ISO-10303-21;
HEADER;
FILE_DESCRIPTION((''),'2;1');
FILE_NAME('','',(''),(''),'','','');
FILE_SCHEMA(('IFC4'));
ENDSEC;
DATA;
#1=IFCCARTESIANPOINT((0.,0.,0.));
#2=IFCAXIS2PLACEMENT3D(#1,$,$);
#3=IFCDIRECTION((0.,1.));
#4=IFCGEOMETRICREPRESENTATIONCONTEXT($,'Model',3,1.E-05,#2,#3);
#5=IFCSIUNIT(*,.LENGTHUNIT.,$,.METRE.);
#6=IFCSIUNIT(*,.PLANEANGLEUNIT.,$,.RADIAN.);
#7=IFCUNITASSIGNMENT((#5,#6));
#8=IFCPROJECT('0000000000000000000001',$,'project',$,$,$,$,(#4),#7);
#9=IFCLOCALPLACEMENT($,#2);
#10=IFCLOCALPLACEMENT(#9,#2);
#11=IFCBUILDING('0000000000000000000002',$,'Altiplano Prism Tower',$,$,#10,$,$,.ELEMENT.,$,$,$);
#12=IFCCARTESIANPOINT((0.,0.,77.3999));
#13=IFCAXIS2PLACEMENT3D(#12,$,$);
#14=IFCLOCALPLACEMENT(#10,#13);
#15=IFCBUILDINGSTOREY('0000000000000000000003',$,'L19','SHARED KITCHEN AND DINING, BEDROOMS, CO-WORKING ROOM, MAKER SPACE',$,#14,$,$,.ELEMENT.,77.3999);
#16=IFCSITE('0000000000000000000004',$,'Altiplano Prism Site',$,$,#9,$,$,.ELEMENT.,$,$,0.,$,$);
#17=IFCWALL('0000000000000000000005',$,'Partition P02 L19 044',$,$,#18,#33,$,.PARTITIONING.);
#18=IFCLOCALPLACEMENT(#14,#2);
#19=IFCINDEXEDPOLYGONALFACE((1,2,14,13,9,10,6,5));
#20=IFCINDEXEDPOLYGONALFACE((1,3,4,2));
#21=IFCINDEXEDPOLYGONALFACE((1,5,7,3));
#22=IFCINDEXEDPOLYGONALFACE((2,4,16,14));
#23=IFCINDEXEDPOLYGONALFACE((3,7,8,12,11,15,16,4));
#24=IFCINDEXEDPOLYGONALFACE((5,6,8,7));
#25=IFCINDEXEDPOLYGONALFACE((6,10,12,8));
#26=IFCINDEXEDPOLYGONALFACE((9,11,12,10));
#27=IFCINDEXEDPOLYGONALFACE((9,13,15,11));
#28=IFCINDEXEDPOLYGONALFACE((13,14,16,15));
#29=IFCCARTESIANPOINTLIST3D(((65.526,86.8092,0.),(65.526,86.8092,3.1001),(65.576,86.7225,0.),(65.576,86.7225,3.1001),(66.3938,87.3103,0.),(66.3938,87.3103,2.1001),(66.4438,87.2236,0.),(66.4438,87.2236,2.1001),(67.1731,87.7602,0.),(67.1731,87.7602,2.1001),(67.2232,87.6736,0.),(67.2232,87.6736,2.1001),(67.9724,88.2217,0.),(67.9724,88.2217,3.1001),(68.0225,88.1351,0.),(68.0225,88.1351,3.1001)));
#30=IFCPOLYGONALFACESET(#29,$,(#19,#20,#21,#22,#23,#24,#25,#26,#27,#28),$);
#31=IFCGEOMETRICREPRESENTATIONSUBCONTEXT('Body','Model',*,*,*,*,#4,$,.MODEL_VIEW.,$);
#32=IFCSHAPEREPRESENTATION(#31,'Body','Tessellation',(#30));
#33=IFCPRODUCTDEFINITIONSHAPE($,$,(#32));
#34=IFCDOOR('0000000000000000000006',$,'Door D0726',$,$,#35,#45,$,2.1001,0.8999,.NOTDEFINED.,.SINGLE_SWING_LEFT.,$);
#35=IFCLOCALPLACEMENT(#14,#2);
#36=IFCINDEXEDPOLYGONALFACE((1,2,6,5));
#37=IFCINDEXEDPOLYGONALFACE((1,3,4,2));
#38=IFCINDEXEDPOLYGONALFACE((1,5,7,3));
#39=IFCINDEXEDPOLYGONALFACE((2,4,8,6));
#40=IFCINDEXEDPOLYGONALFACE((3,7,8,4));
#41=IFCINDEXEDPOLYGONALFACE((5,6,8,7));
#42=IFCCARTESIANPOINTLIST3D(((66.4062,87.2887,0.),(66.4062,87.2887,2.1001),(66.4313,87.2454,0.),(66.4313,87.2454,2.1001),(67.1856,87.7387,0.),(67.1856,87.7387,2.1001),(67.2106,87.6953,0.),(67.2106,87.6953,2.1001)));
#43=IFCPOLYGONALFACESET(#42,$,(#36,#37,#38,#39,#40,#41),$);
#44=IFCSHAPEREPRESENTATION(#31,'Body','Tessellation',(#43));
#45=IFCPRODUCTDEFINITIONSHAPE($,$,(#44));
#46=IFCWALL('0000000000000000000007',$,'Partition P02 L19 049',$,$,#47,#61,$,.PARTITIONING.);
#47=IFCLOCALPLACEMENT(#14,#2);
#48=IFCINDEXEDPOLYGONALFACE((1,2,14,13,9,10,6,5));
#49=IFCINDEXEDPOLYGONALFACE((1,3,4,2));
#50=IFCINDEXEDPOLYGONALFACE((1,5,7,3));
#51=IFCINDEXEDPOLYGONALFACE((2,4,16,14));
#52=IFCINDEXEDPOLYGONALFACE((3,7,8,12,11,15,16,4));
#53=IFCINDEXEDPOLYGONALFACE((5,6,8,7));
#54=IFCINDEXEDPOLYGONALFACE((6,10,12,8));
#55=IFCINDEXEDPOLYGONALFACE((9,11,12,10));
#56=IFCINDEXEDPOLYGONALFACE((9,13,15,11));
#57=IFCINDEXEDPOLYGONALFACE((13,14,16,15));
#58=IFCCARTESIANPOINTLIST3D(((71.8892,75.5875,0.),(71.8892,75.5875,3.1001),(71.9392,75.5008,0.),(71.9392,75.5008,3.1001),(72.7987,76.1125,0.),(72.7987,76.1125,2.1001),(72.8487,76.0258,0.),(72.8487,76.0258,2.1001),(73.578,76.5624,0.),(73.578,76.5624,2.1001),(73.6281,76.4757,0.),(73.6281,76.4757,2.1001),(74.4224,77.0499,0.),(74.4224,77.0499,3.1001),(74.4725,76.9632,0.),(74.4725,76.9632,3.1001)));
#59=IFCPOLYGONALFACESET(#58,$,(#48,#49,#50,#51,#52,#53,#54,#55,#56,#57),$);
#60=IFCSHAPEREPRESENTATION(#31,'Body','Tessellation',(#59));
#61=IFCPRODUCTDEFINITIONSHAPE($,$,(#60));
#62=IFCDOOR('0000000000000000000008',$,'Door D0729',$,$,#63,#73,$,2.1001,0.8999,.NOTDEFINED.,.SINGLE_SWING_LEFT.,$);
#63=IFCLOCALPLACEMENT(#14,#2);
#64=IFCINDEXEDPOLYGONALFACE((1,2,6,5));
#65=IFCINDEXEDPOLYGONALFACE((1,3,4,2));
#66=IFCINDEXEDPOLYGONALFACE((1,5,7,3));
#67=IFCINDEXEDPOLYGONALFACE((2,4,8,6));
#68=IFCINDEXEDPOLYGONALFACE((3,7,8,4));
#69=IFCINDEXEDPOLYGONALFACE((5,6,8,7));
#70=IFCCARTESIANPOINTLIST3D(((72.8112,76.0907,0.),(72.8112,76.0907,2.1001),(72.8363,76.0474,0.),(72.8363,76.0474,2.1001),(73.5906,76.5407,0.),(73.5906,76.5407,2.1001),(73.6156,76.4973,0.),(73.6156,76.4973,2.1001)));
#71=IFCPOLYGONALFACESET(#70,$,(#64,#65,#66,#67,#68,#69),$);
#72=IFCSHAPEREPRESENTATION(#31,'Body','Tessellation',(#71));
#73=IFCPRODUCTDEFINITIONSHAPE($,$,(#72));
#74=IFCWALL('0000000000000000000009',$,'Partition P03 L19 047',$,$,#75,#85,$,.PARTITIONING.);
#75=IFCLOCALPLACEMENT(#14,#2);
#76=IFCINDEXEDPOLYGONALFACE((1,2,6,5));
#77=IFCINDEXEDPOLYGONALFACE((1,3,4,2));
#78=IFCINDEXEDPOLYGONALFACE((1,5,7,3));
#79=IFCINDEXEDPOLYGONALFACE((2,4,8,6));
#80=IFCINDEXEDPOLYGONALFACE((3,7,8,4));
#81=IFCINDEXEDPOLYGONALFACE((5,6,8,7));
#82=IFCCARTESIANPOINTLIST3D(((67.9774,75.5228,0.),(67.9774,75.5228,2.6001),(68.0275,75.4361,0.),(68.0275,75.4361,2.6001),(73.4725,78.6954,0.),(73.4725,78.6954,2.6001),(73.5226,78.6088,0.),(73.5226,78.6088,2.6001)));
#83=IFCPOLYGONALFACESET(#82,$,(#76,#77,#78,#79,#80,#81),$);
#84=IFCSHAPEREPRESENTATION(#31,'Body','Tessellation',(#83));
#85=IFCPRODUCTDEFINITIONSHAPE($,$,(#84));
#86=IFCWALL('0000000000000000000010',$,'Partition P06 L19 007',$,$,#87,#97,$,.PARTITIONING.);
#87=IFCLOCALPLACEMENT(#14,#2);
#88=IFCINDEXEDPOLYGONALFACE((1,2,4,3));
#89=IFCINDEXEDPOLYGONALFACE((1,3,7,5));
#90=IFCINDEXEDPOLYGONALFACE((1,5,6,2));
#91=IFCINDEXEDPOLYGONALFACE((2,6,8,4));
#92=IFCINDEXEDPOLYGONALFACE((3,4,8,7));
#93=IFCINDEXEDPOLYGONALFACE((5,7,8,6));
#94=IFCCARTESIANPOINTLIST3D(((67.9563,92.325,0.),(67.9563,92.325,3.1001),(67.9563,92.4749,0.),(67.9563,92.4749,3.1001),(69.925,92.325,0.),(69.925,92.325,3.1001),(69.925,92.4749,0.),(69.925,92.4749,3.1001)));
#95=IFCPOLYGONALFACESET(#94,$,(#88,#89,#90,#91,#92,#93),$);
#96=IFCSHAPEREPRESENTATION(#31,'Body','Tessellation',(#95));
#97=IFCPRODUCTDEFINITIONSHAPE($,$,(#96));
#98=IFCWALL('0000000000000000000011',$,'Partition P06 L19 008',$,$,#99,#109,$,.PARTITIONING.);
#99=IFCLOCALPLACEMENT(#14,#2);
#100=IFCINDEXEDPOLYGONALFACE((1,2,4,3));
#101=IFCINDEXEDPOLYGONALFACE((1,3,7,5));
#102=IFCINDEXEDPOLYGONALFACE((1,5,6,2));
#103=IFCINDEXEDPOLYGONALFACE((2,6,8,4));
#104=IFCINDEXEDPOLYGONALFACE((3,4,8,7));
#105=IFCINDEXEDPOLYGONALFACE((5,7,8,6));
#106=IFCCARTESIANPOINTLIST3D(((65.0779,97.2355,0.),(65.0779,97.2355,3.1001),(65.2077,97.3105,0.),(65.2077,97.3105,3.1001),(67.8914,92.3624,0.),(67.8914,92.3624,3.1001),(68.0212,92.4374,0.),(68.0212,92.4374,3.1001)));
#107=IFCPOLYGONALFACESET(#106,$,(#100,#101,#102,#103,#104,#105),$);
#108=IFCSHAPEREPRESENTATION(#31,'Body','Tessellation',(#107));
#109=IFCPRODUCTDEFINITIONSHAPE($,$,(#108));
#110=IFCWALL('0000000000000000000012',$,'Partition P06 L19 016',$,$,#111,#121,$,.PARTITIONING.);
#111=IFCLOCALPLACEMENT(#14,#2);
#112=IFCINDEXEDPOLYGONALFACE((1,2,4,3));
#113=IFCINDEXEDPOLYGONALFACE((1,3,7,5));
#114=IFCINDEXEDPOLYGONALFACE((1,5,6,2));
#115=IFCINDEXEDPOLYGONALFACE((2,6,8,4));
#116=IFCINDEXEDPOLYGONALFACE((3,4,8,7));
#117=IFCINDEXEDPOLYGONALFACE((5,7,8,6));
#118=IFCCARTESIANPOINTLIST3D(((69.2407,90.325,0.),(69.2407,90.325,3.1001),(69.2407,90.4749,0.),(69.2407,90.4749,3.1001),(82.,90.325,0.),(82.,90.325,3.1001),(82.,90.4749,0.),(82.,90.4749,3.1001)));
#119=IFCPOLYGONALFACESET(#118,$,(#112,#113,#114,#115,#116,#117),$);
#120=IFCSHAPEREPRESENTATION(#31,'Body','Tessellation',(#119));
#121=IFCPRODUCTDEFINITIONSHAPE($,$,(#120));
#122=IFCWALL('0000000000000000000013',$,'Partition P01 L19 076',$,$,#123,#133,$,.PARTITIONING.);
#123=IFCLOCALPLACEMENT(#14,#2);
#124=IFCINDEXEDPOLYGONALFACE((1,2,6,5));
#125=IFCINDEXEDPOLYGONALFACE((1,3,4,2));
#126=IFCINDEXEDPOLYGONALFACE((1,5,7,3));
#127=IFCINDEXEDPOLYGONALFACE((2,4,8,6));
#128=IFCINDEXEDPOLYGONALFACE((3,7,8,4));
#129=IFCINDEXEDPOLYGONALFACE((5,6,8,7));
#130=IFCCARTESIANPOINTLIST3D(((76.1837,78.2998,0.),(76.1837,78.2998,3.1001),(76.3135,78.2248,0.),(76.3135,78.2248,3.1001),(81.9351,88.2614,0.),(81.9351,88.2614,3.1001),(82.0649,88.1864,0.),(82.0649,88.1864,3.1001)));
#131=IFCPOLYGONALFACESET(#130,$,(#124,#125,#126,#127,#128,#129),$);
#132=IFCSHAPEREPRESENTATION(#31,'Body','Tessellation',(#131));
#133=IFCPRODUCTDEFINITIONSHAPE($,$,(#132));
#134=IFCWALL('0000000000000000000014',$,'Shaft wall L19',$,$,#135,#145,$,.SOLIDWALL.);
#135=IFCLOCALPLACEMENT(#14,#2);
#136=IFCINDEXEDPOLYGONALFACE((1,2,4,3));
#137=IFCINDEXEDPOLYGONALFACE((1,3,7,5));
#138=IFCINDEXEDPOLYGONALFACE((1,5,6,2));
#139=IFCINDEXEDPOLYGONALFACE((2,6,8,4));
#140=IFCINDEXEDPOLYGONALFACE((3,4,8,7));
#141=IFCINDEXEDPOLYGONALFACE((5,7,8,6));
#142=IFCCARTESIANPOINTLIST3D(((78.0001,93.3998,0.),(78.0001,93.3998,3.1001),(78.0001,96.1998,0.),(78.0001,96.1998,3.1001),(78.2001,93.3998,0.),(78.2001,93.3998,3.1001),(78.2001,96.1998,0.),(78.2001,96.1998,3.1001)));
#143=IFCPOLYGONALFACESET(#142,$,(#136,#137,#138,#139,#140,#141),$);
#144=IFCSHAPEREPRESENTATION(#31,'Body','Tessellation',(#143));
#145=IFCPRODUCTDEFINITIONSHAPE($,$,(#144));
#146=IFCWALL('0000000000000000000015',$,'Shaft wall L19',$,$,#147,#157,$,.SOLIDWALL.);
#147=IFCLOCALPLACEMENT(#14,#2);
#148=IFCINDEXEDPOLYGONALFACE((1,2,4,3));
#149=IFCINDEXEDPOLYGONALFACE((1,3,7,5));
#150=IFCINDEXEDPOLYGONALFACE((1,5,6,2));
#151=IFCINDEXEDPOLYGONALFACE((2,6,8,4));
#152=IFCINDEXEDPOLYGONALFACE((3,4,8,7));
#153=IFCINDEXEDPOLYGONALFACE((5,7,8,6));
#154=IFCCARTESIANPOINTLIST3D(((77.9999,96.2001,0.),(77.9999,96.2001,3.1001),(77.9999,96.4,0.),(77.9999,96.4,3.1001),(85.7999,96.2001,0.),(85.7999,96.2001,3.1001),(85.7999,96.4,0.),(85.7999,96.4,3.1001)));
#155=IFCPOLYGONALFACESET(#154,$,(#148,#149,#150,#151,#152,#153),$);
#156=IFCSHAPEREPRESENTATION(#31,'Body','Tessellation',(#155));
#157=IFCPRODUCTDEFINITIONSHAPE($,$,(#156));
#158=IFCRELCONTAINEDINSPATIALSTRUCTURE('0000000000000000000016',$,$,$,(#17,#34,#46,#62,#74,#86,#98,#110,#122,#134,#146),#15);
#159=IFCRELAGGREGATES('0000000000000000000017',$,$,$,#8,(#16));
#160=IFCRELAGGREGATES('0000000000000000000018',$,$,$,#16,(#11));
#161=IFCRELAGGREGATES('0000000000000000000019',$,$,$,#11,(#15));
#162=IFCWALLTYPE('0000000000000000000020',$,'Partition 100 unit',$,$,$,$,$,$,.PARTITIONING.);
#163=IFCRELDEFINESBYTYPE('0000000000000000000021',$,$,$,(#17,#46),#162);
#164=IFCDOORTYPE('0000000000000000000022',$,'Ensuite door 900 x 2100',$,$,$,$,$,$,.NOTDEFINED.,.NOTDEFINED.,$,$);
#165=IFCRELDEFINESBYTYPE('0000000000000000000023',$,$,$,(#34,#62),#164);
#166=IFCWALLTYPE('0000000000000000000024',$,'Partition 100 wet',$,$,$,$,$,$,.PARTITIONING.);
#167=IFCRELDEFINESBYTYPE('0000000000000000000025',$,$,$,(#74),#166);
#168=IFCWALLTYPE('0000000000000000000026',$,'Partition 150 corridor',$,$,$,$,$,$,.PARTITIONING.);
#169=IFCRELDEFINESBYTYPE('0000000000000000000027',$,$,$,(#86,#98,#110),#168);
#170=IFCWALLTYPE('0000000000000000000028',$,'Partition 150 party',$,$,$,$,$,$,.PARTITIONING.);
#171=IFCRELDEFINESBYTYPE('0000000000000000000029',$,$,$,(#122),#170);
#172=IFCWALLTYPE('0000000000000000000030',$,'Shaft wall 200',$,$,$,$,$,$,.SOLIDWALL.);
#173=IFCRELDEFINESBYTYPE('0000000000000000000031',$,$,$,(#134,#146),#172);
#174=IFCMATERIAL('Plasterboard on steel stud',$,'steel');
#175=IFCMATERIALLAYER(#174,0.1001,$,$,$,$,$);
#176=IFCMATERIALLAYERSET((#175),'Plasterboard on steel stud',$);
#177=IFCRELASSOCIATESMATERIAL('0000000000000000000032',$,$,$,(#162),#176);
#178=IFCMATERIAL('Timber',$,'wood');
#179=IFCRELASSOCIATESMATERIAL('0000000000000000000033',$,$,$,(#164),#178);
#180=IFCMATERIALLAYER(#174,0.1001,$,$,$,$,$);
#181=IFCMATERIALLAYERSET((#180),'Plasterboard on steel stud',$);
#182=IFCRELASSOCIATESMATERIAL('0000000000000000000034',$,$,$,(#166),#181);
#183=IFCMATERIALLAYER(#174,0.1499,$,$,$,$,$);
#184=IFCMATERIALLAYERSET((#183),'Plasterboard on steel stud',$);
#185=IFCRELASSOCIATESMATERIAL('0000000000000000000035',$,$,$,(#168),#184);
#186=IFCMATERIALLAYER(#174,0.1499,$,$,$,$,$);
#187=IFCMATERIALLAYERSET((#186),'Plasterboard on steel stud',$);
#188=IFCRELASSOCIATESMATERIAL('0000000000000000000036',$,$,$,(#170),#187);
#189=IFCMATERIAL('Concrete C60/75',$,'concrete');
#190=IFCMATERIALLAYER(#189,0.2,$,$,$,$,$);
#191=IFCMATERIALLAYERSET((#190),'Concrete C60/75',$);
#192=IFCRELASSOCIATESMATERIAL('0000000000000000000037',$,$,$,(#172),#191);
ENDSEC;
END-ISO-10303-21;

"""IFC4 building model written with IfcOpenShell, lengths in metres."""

from ifc_helpers import new_model, si_unit, direction, frame, frame_2d, origin, place, context, subcontext, project, spatial, rectangle, extrude, material, layer, layer_set, type_object, element, fill, save


model = new_model("IFC4")

# Units and contexts
model_context = context("Model", 3, precision=1e-05, world=origin(), true_north=direction((0.0, 1.0)))
body_context = subcontext(model_context, "Body", "Model", "MODEL_VIEW")
ifc_project = project(units=[si_unit("LENGTHUNIT", "METRE"), si_unit("PLANEANGLEUNIT", "RADIAN")], contexts=[model_context])

# Site, building, storey
site_placement = place(None, origin())
site = spatial("IfcSite", under=ifc_project, at=site_placement, Name="Altiplano Prism Site", CompositionType="ELEMENT", RefElevation=0.0)
building_placement = place(site_placement, origin())
building = spatial("IfcBuilding", under=site, at=building_placement, Name="Altiplano Prism Tower", CompositionType="ELEMENT")
storey_placement = place(building_placement, frame((0.0, 0.0, 77.3999)))
storey = spatial("IfcBuildingStorey", under=building, at=storey_placement, Name="L19", Description="SHARED KITCHEN AND DINING, BEDROOMS, CO-WORKING ROOM, MAKER SPACE", CompositionType="ELEMENT", Elevation=77.3999)

# Shared definitions
ifc_material_1 = material(Name="Concrete C60/75", Category="concrete")

# Walls, openings, doors
ifc_material_2 = material(Name="Plasterboard on steel stud", Category="steel")
ifc_layer_1 = layer(ifc_material_2, 0.1001)
ifc_layer_set_1 = layer_set([ifc_layer_1], Name="Plasterboard on steel stud")
wall_type_1 = type_object("IfcWallType", Name="Partition 100 unit", PredefinedType="PARTITIONING", material=ifc_layer_set_1)
wall_1_placement = place(storey_placement, frame((67.9976, 88.1785, 0.0), z_axis=(0.0, 0.0, 1.0), x_axis=(-0.866011, -0.500024, 0.0)))
wall_1 = element("IfcWall", 1, at=wall_1_placement, inside=storey, type_object=wall_type_1, Name="Partition P02 L19 044", PredefinedType="PARTITIONING", context=body_context, shape_type="SweptSolid", body=[
    extrude(rectangle(XDim=2.825, YDim=0.1001, at=frame_2d((1.4126, 0.0))), origin(), (0.0, 0.0, 1.0), 3.1001),
])
opening_1_placement = place(wall_1_placement, frame((0.9231, 0.0, 0.0)))
opening_1 = element("IfcOpeningElement", 2, at=opening_1_placement, cuts=wall_1, PredefinedType="OPENING", context=body_context, shape_type="SweptSolid", body=[
    extrude(rectangle(XDim=0.8999, YDim=2.1001, at=frame_2d((0.45, 1.05))), frame((0.0, 0.0605, 0.0), z_axis=(0.0, -1.0, 0.0), x_axis=(1.0, 0.0, 0.0)), (0.0, 0.0, 1.0), 0.1211),
])
ifc_material_3 = material(Name="Timber", Category="wood")
door_type_1 = type_object("IfcDoorType", Name="Ensuite door 900 x 2100", OperationType="NOTDEFINED", PredefinedType="NOTDEFINED", material=ifc_material_3)
door_1_placement = place(opening_1_placement, origin())
door_1 = element("IfcDoor", 3, at=door_1_placement, inside=storey, type_object=door_type_1, Name="Door D0726", OperationType="SINGLE_SWING_LEFT", OverallHeight=2.1001, OverallWidth=0.8999, PredefinedType="NOTDEFINED", context=body_context, shape_type="SweptSolid", body=[
    extrude(rectangle(XDim=0.8999, YDim=2.1001, at=frame_2d((0.45, 1.05))), frame((0.0, 0.0249, 0.0), z_axis=(0.0, -1.0, 0.0), x_axis=(1.0, 0.0, 0.0)), (0.0, 0.0, 1.0), 0.05),
])
fill(opening_1, door_1)
wall_2_placement = place(storey_placement, frame((71.9143, 75.5442, 0.0), z_axis=(0.0, 0.0, 1.0), x_axis=(0.866047, 0.499963, 0.0)))
wall_2 = element("IfcWall", 4, at=wall_2_placement, inside=storey, type_object=wall_type_1, Name="Partition P02 L19 049", PredefinedType="PARTITIONING", context=body_context, shape_type="SweptSolid", body=[
    extrude(rectangle(XDim=2.925, YDim=0.1001, at=frame_2d((1.4624, 0.0))), origin(), (0.0, 0.0, 1.0), 3.1001),
])
opening_2_placement = place(wall_2_placement, frame((1.05, 0.0, 0.0)))
opening_2 = element("IfcOpeningElement", 5, at=opening_2_placement, cuts=wall_2, PredefinedType="OPENING", context=body_context, shape_type="SweptSolid", body=[
    extrude(rectangle(XDim=0.8999, YDim=2.1001, at=frame_2d((0.45, 1.05))), frame((0.0, 0.0605, 0.0), z_axis=(0.0, -1.0, 0.0), x_axis=(1.0, 0.0, 0.0)), (0.0, 0.0, 1.0), 0.1211),
])
door_2_placement = place(opening_2_placement, origin())
door_2 = element("IfcDoor", 6, at=door_2_placement, inside=storey, type_object=door_type_1, Name="Door D0729", OperationType="SINGLE_SWING_LEFT", OverallHeight=2.1001, OverallWidth=0.8999, PredefinedType="NOTDEFINED", context=body_context, shape_type="SweptSolid", body=[
    extrude(rectangle(XDim=0.8999, YDim=2.1001, at=frame_2d((0.45, 1.05))), frame((0.0, 0.0249, 0.0), z_axis=(0.0, -1.0, 0.0), x_axis=(1.0, 0.0, 0.0)), (0.0, 0.0, 1.0), 0.05),
])
fill(opening_2, door_2)

# Walls
ifc_layer_2 = layer(ifc_material_2, 0.1001)
ifc_layer_set_2 = layer_set([ifc_layer_2], Name="Plasterboard on steel stud")
wall_type_2 = type_object("IfcWallType", Name="Partition 100 wet", PredefinedType="PARTITIONING", material=ifc_layer_set_2)
wall_3_placement = place(storey_placement, frame((68.0024, 75.4795, 0.0), z_axis=(0.0, 0.0, 1.0), x_axis=(0.866025, 0.5, 0.0)))
element("IfcWall", 7, at=wall_3_placement, inside=storey, type_object=wall_type_2, Name="Partition P03 L19 047", PredefinedType="PARTITIONING", context=body_context, shape_type="SweptSolid", body=[
    extrude(rectangle(XDim=6.3452, YDim=0.1001, at=frame_2d((3.1726, 0.0))), origin(), (0.0, 0.0, 1.0), 2.6001),
])
ifc_layer_3 = layer(ifc_material_2, 0.1499)
ifc_layer_set_3 = layer_set([ifc_layer_3], Name="Plasterboard on steel stud")
wall_type_3 = type_object("IfcWallType", Name="Partition 150 corridor", PredefinedType="PARTITIONING", material=ifc_layer_set_3)
wall_4_placement = place(storey_placement, frame((69.925, 92.3999, 0.0), z_axis=(0.0, 0.0, 1.0), x_axis=(-1.0, 0.0, 0.0)))
element("IfcWall", 8, at=wall_4_placement, inside=storey, type_object=wall_type_3, Name="Partition P06 L19 007", PredefinedType="PARTITIONING", context=body_context, shape_type="SweptSolid", body=[
    extrude(rectangle(XDim=1.9688, YDim=0.1499, at=frame_2d((0.9844, 0.0))), origin(), (0.0, 0.0, 1.0), 3.1001),
])
wall_5_placement = place(storey_placement, frame((67.9563, 92.3999, 0.0), z_axis=(0.0, 0.0, 1.0), x_axis=(-0.500003, 0.866024, 0.0)))
element("IfcWall", 9, at=wall_5_placement, inside=storey, type_object=wall_type_3, Name="Partition P06 L19 008", PredefinedType="PARTITIONING", context=body_context, shape_type="SweptSolid", body=[
    extrude(rectangle(XDim=5.627, YDim=0.1499, at=frame_2d((2.8135, 0.0))), origin(), (0.0, 0.0, 1.0), 3.1001),
])
wall_6_placement = place(storey_placement, frame((69.2407, 90.3999, 0.0), z_axis=(0.0, 0.0, 1.0), x_axis=(1.0, 0.0, 0.0)))
element("IfcWall", 10, at=wall_6_placement, inside=storey, type_object=wall_type_3, Name="Partition P06 L19 016", PredefinedType="PARTITIONING", context=body_context, shape_type="SweptSolid", body=[
    extrude(rectangle(XDim=12.7593, YDim=0.1499, at=frame_2d((6.3796, 0.0))), origin(), (0.0, 0.0, 1.0), 3.1001),
])
ifc_layer_4 = layer(ifc_material_2, 0.1499)
ifc_layer_set_4 = layer_set([ifc_layer_4], Name="Plasterboard on steel stud")
wall_type_4 = type_object("IfcWallType", Name="Partition 150 party", PredefinedType="PARTITIONING", material=ifc_layer_set_4)
wall_7_placement = place(storey_placement, frame((76.2485, 78.2622, 0.0), z_axis=(0.0, 0.0, 1.0), x_axis=(0.500006, 0.866022, 0.0)))
element("IfcWall", 11, at=wall_7_placement, inside=storey, type_object=wall_type_4, Name="Partition P01 L19 076", PredefinedType="PARTITIONING", context=body_context, shape_type="SweptSolid", body=[
    extrude(rectangle(XDim=11.5027, YDim=0.1499, at=frame_2d((5.7515, 0.0))), origin(), (0.0, 0.0, 1.0), 3.1001),
])
ifc_layer_5 = layer(ifc_material_1, 0.2)
ifc_layer_set_5 = layer_set([ifc_layer_5], Name="Concrete C60/75")
wall_type_5 = type_object("IfcWallType", Name="Shaft wall 200", PredefinedType="SOLIDWALL", material=ifc_layer_set_5)
wall_8_placement = place(storey_placement, frame((78.1001, 93.3999, 0.0), z_axis=(0.0, 0.0, 1.0), x_axis=(0.0, 1.0, 0.0)))
element("IfcWall", 12, at=wall_8_placement, inside=storey, type_object=wall_type_5, Name="Shaft wall L19", PredefinedType="SOLIDWALL", context=body_context, shape_type="SweptSolid", body=[
    extrude(rectangle(XDim=2.8, YDim=0.2, at=frame_2d((1.3999, 0.0))), origin(), (0.0, 0.0, 1.0), 3.1001),
])
wall_9_placement = place(storey_placement, frame((78.0, 96.3, 0.0), z_axis=(0.0, 0.0, 1.0), x_axis=(1.0, 0.0, 0.0)))
element("IfcWall", 13, at=wall_9_placement, inside=storey, type_object=wall_type_5, Name="Shaft wall L19", PredefinedType="SOLIDWALL", context=body_context, shape_type="SweptSolid", body=[
    extrude(rectangle(XDim=7.8, YDim=0.2, at=frame_2d((3.8999, 0.0))), origin(), (0.0, 0.0, 1.0), 3.1001),
])

save(model, "model.ifc")
